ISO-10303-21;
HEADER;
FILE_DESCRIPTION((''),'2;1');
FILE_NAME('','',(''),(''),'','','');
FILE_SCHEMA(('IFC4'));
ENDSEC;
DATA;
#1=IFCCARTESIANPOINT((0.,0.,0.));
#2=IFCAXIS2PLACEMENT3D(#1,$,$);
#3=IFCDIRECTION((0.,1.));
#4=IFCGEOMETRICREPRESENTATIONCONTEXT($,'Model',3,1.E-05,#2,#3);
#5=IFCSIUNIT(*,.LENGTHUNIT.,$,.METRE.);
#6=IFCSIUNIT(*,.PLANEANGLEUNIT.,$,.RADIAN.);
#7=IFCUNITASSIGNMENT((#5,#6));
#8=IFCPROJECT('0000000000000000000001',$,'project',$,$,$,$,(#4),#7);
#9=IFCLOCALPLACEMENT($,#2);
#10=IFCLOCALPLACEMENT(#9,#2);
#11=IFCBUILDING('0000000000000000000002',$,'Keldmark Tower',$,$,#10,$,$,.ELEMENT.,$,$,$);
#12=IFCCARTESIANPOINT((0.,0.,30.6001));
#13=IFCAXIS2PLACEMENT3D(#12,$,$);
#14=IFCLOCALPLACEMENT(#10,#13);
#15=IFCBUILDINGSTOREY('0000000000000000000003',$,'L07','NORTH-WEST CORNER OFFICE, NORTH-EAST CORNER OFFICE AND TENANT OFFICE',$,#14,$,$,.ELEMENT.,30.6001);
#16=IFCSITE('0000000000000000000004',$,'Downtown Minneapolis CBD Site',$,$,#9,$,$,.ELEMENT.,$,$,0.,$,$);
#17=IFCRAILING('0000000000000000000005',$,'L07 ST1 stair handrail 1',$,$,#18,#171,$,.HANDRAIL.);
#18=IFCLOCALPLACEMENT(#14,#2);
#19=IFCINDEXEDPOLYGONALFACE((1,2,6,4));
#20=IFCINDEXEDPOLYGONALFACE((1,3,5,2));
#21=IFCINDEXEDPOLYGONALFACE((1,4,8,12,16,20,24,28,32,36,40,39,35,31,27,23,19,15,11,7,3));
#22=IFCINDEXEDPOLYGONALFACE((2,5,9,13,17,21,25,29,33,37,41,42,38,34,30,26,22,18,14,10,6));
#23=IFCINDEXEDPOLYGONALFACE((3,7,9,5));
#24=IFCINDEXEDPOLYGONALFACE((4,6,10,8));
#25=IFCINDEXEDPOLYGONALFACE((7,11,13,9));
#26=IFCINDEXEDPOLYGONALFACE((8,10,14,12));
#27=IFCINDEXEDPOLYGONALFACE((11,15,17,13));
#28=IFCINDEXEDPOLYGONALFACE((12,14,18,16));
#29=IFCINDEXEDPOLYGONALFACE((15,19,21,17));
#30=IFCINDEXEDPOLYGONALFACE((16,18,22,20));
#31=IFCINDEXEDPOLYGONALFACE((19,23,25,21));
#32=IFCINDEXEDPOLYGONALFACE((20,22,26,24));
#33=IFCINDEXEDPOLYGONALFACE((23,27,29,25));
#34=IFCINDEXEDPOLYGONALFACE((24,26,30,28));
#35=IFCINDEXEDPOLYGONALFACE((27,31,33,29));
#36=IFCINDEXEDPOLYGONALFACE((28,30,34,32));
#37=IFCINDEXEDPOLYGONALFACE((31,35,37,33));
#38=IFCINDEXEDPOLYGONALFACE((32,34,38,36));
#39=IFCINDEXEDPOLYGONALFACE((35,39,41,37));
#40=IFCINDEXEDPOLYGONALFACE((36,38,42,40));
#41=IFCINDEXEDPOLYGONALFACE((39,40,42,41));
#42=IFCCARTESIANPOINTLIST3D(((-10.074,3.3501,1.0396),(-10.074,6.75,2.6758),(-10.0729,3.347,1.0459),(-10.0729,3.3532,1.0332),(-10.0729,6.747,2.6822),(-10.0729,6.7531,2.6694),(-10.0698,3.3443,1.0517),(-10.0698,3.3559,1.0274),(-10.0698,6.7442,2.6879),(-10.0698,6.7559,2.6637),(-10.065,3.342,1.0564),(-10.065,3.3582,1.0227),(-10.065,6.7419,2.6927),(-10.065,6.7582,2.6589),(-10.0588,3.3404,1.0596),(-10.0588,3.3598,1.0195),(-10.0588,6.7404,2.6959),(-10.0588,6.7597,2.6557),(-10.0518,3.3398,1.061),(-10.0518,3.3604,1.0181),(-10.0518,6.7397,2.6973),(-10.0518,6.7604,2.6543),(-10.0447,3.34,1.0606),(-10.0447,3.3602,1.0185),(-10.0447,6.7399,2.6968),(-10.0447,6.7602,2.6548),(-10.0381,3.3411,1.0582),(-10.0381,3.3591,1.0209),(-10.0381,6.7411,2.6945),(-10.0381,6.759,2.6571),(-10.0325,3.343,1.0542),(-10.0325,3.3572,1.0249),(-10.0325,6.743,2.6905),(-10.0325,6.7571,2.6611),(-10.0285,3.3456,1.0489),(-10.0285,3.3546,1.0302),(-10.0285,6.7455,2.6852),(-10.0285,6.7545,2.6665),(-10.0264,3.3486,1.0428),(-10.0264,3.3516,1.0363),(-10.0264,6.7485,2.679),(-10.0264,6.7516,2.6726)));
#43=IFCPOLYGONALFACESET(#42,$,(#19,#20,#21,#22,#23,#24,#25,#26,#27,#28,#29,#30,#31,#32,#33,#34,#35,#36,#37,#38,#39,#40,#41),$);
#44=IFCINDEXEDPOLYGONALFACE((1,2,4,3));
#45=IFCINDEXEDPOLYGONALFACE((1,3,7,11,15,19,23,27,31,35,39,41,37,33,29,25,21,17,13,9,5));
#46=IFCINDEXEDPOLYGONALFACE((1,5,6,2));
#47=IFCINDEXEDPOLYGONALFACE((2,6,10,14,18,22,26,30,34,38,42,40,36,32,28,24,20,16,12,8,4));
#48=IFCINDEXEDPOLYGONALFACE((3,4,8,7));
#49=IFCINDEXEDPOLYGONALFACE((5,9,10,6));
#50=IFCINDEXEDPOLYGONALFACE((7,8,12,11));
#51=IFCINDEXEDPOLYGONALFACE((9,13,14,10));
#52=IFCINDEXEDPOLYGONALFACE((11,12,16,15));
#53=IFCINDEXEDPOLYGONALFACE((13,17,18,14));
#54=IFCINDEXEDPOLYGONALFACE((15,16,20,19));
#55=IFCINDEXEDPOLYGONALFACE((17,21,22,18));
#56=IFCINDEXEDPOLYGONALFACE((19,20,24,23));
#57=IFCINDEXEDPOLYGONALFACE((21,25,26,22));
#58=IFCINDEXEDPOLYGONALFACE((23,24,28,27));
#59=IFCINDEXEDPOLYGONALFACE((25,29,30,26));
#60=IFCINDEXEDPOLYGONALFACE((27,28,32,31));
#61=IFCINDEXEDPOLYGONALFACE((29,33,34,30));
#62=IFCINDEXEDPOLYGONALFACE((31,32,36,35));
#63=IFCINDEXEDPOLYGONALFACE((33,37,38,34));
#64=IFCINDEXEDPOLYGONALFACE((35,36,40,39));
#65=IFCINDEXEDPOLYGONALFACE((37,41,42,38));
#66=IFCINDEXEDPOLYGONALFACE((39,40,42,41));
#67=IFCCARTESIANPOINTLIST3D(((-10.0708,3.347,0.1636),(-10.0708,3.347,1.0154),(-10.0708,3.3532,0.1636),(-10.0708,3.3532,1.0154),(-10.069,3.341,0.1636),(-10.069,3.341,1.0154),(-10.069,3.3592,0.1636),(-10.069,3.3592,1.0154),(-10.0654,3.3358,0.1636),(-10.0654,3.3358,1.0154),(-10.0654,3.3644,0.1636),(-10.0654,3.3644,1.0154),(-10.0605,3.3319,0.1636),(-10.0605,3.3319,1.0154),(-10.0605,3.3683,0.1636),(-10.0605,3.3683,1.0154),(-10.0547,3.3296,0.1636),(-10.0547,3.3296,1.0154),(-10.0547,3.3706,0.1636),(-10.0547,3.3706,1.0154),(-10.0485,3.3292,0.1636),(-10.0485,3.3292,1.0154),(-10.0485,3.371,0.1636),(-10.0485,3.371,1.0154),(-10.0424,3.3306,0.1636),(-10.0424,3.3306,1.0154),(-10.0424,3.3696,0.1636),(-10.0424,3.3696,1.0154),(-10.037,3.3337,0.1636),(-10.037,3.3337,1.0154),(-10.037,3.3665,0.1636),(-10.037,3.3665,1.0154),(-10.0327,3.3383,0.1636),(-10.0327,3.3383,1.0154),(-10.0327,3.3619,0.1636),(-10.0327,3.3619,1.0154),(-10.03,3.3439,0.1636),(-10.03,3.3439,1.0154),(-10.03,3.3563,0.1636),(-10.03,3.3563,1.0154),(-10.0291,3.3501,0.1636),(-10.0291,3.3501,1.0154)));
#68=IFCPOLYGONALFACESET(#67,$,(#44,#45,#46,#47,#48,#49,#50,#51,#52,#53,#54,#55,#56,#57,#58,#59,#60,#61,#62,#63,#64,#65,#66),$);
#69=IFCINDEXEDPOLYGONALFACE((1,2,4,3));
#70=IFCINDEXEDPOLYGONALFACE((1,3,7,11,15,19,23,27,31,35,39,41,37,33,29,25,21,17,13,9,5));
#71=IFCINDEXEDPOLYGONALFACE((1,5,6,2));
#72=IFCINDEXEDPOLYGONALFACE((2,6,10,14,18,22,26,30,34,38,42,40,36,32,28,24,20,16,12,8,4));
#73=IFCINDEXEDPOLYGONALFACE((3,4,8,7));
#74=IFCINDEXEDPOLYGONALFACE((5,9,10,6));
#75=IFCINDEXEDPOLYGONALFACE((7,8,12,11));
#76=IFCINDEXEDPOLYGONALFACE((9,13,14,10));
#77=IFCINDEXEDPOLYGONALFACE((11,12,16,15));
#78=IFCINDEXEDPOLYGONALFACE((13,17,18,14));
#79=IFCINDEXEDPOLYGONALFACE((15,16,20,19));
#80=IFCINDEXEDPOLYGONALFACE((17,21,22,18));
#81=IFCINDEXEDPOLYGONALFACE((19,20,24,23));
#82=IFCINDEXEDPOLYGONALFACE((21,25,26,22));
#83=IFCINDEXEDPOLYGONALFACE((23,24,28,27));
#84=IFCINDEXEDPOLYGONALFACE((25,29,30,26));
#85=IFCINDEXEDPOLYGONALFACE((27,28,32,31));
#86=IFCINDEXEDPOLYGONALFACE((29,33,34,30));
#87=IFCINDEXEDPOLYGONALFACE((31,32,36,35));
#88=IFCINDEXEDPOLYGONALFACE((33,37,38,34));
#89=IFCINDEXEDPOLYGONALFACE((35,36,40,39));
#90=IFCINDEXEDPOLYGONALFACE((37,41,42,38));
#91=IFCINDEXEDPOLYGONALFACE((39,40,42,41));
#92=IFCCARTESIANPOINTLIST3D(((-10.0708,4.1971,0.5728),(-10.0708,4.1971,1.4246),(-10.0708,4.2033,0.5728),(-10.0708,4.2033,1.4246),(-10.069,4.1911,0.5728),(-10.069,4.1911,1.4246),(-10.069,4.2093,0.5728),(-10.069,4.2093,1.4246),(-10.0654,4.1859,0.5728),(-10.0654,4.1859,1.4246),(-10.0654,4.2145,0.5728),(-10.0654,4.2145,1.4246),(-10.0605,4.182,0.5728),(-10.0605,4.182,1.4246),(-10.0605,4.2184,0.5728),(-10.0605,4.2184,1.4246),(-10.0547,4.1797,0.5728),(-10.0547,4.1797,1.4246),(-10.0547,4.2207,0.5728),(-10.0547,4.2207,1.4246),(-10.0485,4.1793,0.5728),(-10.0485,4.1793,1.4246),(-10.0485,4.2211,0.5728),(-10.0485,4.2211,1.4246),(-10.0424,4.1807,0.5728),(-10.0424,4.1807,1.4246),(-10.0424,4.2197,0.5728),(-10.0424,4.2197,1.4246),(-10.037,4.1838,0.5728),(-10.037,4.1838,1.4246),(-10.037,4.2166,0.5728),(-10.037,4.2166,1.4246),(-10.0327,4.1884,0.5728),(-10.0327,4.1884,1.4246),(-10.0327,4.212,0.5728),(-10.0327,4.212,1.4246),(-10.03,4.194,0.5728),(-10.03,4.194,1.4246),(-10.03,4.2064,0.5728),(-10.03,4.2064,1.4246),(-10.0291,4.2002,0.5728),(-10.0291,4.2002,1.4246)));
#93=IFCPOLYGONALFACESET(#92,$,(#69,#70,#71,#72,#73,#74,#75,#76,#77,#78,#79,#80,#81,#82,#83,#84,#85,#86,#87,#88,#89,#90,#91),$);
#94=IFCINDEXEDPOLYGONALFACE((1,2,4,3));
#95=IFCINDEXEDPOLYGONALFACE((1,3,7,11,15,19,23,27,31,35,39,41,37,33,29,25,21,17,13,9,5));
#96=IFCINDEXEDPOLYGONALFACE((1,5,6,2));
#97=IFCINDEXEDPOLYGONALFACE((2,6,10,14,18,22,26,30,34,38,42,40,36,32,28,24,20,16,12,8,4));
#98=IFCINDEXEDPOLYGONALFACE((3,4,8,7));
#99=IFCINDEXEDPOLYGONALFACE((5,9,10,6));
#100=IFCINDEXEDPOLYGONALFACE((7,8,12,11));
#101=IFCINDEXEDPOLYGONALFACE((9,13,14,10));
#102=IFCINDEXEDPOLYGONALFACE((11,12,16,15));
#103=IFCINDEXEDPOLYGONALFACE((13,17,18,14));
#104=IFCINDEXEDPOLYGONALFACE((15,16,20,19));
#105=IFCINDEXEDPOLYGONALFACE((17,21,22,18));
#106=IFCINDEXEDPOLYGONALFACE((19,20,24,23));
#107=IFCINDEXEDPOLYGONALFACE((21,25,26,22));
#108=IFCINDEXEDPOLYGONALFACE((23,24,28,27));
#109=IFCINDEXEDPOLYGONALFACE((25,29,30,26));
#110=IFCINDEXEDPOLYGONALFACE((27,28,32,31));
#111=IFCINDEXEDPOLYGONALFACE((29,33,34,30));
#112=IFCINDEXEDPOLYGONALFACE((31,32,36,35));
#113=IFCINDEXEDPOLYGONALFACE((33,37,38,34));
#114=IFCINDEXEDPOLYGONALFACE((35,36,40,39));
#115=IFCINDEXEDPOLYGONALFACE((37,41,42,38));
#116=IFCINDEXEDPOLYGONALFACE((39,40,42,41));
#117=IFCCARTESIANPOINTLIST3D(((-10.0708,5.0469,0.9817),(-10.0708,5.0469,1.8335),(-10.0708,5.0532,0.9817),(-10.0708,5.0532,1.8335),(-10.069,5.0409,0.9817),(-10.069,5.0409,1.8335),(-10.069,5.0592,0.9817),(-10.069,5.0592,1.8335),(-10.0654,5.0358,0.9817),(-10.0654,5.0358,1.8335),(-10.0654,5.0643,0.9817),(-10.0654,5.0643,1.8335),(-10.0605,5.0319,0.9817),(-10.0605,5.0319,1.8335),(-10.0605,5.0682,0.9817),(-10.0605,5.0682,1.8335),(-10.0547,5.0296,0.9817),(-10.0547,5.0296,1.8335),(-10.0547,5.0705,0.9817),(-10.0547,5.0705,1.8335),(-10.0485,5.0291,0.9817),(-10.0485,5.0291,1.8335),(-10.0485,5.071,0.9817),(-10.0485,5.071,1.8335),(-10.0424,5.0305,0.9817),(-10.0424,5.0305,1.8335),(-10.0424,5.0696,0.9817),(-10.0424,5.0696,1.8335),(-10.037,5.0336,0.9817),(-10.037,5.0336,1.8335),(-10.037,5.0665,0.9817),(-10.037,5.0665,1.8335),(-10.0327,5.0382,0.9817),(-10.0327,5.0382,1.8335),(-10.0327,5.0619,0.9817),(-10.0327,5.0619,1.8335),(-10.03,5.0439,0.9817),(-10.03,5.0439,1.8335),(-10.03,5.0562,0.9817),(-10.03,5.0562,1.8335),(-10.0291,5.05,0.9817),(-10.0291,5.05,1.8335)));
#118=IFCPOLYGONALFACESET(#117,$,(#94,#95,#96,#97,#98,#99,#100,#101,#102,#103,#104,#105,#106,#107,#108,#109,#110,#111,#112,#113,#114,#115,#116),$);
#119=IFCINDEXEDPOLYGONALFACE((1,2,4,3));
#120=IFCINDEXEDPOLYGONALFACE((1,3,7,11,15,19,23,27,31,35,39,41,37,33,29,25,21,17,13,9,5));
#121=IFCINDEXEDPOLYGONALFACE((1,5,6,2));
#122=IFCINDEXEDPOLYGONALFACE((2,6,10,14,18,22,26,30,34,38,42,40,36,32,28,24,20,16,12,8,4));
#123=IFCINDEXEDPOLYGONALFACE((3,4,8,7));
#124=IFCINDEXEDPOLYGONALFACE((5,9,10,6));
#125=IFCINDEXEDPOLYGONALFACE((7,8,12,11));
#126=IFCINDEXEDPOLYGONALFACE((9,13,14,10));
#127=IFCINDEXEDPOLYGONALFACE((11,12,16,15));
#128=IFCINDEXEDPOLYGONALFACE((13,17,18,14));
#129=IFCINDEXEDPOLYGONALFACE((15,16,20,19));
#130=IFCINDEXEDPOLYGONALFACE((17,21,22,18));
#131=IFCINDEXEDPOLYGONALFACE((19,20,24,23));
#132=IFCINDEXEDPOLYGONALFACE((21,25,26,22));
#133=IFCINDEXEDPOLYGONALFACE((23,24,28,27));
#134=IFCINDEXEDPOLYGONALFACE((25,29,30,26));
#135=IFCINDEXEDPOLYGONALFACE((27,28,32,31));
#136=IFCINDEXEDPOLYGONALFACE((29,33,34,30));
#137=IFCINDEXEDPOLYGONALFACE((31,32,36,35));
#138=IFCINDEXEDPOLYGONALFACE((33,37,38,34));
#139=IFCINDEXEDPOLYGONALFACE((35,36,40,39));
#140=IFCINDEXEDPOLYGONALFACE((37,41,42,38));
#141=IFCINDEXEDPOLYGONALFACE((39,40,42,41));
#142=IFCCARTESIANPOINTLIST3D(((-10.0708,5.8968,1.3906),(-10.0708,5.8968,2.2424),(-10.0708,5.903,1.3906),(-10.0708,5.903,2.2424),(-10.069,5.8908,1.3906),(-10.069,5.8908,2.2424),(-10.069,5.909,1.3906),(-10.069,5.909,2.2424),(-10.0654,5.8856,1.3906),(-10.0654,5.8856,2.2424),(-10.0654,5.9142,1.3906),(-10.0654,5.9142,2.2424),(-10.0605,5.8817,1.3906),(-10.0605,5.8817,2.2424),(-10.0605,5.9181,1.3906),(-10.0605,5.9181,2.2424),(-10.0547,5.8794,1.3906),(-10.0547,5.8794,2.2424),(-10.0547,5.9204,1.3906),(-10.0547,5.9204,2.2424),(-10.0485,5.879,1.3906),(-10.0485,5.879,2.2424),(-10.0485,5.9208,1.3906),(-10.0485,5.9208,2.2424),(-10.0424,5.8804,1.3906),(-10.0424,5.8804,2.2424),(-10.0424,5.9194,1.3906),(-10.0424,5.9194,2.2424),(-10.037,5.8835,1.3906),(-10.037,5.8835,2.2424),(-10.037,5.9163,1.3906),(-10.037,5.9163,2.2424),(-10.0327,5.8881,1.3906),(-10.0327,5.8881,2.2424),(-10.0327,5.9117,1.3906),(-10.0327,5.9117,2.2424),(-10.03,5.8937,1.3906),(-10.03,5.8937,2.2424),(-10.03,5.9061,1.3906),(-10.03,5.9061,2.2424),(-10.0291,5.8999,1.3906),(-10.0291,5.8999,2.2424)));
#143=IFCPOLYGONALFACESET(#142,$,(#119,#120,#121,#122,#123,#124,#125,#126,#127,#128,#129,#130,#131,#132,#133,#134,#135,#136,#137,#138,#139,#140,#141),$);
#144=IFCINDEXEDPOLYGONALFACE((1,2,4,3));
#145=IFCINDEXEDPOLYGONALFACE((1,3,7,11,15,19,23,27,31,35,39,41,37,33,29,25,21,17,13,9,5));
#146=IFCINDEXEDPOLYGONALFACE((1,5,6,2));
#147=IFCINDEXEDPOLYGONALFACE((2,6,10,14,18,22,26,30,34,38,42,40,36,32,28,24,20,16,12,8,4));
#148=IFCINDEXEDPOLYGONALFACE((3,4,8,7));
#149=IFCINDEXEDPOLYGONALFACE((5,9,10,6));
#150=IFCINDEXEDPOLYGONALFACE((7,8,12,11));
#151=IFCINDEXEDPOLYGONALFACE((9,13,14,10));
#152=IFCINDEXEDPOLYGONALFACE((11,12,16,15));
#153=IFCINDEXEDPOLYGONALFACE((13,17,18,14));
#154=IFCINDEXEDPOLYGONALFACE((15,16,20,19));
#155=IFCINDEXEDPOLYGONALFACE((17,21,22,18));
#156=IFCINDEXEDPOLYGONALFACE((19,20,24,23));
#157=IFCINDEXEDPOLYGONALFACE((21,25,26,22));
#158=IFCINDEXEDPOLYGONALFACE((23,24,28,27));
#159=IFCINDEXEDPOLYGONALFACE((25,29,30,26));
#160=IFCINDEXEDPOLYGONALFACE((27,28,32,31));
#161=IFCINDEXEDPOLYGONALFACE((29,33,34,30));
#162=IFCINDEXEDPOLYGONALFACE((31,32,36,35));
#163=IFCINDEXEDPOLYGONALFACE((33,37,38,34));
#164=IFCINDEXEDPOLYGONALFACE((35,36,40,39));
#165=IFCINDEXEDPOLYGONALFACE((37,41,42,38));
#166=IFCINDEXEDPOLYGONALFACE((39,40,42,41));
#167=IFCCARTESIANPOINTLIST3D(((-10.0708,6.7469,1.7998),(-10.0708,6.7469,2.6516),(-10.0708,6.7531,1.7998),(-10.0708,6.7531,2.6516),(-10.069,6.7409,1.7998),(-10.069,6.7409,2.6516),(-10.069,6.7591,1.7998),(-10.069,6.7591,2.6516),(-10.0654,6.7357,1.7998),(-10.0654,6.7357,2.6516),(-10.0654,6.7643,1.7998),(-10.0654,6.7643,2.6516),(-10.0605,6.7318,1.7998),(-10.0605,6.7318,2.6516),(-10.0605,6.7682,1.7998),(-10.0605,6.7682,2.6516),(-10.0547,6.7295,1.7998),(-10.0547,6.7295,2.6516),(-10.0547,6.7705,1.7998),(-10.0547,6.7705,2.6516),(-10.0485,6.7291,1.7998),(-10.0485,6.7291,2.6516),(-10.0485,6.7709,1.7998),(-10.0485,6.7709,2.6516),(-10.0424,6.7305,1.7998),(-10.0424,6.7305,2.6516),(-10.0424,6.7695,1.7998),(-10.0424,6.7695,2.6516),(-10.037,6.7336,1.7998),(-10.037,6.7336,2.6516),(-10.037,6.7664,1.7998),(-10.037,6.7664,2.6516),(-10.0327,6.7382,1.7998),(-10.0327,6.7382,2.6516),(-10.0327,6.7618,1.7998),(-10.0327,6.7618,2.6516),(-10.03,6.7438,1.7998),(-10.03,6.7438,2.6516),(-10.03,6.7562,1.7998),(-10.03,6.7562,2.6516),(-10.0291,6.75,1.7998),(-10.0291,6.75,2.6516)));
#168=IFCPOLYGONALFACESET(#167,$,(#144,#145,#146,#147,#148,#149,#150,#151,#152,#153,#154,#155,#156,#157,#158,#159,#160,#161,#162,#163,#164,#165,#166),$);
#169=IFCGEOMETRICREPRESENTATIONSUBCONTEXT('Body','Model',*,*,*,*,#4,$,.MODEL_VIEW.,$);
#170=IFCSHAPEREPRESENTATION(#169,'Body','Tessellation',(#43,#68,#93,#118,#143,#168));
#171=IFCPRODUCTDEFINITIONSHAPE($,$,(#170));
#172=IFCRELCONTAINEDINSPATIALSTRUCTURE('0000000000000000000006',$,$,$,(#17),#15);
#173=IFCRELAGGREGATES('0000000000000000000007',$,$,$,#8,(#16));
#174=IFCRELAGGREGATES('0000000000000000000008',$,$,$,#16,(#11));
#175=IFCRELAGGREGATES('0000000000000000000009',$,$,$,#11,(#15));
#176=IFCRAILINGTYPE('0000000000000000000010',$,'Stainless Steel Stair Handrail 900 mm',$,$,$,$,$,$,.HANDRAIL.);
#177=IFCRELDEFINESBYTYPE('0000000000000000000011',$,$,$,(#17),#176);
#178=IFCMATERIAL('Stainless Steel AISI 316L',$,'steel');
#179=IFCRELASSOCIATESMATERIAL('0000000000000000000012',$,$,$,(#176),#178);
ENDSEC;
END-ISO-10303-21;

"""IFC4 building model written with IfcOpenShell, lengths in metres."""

from ifc_helpers import new_model, si_unit, direction, frame, origin, origin_2d, place, context, subcontext, project, spatial, circle, extrude, material, type_object, element, save


model = new_model("IFC4")

# Units and contexts
model_context = context("Model", 3, precision=1e-05, world=origin(), true_north=direction((0.0, 1.0)))
body_context = subcontext(model_context, "Body", "Model", "MODEL_VIEW")
ifc_project = project(units=[si_unit("LENGTHUNIT", "METRE"), si_unit("PLANEANGLEUNIT", "RADIAN")], contexts=[model_context])

# Site, building, storey
site_placement = place(None, origin())
site = spatial("IfcSite", under=ifc_project, at=site_placement, Name="Downtown Minneapolis CBD Site", CompositionType="ELEMENT", RefElevation=0.0)
building_placement = place(site_placement, origin())
building = spatial("IfcBuilding", under=site, at=building_placement, Name="Keldmark Tower", CompositionType="ELEMENT")
storey_placement = place(building_placement, frame((0.0, 0.0, 30.6001)))
storey = spatial("IfcBuildingStorey", under=building, at=storey_placement, Name="L07", Description="NORTH-WEST CORNER OFFICE, NORTH-EAST CORNER OFFICE AND TENANT OFFICE", CompositionType="ELEMENT", Elevation=30.6001)

# Railing
ifc_material_1 = material(Name="Stainless Steel AISI 316L", Category="steel")
railing_type = type_object("IfcRailingType", Name="Stainless Steel Stair Handrail 900 mm", PredefinedType="HANDRAIL", material=ifc_material_1)
railing_placement = place(storey_placement, frame((-10.05, 3.3501, 0.1636)))
element("IfcRailing", 1, at=railing_placement, inside=storey, type_object=railing_type, Name="L07 ST1 stair handrail 1", PredefinedType="HANDRAIL", context=body_context, shape_type="SweptSolid", body=[
    extrude(circle(Radius=0.0239, at=origin_2d()), frame((0.0, 0.0, 0.876), z_axis=(0.0, 0.90108, 0.433652), x_axis=(-1.0, 0.0, 0.0)), (0.0, 0.0, 1.0), 3.7732),
    extrude(circle(Radius=0.021, at=origin_2d()), origin(), (0.0, 0.0, 1.0), 0.8518),
    extrude(circle(Radius=0.021, at=origin_2d()), frame((0.0, 0.8501, 0.4092)), (0.0, 0.0, 1.0), 0.8518),
    extrude(circle(Radius=0.021, at=origin_2d()), frame((0.0, 1.7, 0.8181)), (0.0, 0.0, 1.0), 0.8518),
    extrude(circle(Radius=0.021, at=origin_2d()), frame((0.0, 2.5498, 1.2271)), (0.0, 0.0, 1.0), 0.8518),
    extrude(circle(Radius=0.021, at=origin_2d()), frame((0.0, 3.3999, 1.6362)), (0.0, 0.0, 1.0), 0.8518),
])

save(model, "model.ifc")
